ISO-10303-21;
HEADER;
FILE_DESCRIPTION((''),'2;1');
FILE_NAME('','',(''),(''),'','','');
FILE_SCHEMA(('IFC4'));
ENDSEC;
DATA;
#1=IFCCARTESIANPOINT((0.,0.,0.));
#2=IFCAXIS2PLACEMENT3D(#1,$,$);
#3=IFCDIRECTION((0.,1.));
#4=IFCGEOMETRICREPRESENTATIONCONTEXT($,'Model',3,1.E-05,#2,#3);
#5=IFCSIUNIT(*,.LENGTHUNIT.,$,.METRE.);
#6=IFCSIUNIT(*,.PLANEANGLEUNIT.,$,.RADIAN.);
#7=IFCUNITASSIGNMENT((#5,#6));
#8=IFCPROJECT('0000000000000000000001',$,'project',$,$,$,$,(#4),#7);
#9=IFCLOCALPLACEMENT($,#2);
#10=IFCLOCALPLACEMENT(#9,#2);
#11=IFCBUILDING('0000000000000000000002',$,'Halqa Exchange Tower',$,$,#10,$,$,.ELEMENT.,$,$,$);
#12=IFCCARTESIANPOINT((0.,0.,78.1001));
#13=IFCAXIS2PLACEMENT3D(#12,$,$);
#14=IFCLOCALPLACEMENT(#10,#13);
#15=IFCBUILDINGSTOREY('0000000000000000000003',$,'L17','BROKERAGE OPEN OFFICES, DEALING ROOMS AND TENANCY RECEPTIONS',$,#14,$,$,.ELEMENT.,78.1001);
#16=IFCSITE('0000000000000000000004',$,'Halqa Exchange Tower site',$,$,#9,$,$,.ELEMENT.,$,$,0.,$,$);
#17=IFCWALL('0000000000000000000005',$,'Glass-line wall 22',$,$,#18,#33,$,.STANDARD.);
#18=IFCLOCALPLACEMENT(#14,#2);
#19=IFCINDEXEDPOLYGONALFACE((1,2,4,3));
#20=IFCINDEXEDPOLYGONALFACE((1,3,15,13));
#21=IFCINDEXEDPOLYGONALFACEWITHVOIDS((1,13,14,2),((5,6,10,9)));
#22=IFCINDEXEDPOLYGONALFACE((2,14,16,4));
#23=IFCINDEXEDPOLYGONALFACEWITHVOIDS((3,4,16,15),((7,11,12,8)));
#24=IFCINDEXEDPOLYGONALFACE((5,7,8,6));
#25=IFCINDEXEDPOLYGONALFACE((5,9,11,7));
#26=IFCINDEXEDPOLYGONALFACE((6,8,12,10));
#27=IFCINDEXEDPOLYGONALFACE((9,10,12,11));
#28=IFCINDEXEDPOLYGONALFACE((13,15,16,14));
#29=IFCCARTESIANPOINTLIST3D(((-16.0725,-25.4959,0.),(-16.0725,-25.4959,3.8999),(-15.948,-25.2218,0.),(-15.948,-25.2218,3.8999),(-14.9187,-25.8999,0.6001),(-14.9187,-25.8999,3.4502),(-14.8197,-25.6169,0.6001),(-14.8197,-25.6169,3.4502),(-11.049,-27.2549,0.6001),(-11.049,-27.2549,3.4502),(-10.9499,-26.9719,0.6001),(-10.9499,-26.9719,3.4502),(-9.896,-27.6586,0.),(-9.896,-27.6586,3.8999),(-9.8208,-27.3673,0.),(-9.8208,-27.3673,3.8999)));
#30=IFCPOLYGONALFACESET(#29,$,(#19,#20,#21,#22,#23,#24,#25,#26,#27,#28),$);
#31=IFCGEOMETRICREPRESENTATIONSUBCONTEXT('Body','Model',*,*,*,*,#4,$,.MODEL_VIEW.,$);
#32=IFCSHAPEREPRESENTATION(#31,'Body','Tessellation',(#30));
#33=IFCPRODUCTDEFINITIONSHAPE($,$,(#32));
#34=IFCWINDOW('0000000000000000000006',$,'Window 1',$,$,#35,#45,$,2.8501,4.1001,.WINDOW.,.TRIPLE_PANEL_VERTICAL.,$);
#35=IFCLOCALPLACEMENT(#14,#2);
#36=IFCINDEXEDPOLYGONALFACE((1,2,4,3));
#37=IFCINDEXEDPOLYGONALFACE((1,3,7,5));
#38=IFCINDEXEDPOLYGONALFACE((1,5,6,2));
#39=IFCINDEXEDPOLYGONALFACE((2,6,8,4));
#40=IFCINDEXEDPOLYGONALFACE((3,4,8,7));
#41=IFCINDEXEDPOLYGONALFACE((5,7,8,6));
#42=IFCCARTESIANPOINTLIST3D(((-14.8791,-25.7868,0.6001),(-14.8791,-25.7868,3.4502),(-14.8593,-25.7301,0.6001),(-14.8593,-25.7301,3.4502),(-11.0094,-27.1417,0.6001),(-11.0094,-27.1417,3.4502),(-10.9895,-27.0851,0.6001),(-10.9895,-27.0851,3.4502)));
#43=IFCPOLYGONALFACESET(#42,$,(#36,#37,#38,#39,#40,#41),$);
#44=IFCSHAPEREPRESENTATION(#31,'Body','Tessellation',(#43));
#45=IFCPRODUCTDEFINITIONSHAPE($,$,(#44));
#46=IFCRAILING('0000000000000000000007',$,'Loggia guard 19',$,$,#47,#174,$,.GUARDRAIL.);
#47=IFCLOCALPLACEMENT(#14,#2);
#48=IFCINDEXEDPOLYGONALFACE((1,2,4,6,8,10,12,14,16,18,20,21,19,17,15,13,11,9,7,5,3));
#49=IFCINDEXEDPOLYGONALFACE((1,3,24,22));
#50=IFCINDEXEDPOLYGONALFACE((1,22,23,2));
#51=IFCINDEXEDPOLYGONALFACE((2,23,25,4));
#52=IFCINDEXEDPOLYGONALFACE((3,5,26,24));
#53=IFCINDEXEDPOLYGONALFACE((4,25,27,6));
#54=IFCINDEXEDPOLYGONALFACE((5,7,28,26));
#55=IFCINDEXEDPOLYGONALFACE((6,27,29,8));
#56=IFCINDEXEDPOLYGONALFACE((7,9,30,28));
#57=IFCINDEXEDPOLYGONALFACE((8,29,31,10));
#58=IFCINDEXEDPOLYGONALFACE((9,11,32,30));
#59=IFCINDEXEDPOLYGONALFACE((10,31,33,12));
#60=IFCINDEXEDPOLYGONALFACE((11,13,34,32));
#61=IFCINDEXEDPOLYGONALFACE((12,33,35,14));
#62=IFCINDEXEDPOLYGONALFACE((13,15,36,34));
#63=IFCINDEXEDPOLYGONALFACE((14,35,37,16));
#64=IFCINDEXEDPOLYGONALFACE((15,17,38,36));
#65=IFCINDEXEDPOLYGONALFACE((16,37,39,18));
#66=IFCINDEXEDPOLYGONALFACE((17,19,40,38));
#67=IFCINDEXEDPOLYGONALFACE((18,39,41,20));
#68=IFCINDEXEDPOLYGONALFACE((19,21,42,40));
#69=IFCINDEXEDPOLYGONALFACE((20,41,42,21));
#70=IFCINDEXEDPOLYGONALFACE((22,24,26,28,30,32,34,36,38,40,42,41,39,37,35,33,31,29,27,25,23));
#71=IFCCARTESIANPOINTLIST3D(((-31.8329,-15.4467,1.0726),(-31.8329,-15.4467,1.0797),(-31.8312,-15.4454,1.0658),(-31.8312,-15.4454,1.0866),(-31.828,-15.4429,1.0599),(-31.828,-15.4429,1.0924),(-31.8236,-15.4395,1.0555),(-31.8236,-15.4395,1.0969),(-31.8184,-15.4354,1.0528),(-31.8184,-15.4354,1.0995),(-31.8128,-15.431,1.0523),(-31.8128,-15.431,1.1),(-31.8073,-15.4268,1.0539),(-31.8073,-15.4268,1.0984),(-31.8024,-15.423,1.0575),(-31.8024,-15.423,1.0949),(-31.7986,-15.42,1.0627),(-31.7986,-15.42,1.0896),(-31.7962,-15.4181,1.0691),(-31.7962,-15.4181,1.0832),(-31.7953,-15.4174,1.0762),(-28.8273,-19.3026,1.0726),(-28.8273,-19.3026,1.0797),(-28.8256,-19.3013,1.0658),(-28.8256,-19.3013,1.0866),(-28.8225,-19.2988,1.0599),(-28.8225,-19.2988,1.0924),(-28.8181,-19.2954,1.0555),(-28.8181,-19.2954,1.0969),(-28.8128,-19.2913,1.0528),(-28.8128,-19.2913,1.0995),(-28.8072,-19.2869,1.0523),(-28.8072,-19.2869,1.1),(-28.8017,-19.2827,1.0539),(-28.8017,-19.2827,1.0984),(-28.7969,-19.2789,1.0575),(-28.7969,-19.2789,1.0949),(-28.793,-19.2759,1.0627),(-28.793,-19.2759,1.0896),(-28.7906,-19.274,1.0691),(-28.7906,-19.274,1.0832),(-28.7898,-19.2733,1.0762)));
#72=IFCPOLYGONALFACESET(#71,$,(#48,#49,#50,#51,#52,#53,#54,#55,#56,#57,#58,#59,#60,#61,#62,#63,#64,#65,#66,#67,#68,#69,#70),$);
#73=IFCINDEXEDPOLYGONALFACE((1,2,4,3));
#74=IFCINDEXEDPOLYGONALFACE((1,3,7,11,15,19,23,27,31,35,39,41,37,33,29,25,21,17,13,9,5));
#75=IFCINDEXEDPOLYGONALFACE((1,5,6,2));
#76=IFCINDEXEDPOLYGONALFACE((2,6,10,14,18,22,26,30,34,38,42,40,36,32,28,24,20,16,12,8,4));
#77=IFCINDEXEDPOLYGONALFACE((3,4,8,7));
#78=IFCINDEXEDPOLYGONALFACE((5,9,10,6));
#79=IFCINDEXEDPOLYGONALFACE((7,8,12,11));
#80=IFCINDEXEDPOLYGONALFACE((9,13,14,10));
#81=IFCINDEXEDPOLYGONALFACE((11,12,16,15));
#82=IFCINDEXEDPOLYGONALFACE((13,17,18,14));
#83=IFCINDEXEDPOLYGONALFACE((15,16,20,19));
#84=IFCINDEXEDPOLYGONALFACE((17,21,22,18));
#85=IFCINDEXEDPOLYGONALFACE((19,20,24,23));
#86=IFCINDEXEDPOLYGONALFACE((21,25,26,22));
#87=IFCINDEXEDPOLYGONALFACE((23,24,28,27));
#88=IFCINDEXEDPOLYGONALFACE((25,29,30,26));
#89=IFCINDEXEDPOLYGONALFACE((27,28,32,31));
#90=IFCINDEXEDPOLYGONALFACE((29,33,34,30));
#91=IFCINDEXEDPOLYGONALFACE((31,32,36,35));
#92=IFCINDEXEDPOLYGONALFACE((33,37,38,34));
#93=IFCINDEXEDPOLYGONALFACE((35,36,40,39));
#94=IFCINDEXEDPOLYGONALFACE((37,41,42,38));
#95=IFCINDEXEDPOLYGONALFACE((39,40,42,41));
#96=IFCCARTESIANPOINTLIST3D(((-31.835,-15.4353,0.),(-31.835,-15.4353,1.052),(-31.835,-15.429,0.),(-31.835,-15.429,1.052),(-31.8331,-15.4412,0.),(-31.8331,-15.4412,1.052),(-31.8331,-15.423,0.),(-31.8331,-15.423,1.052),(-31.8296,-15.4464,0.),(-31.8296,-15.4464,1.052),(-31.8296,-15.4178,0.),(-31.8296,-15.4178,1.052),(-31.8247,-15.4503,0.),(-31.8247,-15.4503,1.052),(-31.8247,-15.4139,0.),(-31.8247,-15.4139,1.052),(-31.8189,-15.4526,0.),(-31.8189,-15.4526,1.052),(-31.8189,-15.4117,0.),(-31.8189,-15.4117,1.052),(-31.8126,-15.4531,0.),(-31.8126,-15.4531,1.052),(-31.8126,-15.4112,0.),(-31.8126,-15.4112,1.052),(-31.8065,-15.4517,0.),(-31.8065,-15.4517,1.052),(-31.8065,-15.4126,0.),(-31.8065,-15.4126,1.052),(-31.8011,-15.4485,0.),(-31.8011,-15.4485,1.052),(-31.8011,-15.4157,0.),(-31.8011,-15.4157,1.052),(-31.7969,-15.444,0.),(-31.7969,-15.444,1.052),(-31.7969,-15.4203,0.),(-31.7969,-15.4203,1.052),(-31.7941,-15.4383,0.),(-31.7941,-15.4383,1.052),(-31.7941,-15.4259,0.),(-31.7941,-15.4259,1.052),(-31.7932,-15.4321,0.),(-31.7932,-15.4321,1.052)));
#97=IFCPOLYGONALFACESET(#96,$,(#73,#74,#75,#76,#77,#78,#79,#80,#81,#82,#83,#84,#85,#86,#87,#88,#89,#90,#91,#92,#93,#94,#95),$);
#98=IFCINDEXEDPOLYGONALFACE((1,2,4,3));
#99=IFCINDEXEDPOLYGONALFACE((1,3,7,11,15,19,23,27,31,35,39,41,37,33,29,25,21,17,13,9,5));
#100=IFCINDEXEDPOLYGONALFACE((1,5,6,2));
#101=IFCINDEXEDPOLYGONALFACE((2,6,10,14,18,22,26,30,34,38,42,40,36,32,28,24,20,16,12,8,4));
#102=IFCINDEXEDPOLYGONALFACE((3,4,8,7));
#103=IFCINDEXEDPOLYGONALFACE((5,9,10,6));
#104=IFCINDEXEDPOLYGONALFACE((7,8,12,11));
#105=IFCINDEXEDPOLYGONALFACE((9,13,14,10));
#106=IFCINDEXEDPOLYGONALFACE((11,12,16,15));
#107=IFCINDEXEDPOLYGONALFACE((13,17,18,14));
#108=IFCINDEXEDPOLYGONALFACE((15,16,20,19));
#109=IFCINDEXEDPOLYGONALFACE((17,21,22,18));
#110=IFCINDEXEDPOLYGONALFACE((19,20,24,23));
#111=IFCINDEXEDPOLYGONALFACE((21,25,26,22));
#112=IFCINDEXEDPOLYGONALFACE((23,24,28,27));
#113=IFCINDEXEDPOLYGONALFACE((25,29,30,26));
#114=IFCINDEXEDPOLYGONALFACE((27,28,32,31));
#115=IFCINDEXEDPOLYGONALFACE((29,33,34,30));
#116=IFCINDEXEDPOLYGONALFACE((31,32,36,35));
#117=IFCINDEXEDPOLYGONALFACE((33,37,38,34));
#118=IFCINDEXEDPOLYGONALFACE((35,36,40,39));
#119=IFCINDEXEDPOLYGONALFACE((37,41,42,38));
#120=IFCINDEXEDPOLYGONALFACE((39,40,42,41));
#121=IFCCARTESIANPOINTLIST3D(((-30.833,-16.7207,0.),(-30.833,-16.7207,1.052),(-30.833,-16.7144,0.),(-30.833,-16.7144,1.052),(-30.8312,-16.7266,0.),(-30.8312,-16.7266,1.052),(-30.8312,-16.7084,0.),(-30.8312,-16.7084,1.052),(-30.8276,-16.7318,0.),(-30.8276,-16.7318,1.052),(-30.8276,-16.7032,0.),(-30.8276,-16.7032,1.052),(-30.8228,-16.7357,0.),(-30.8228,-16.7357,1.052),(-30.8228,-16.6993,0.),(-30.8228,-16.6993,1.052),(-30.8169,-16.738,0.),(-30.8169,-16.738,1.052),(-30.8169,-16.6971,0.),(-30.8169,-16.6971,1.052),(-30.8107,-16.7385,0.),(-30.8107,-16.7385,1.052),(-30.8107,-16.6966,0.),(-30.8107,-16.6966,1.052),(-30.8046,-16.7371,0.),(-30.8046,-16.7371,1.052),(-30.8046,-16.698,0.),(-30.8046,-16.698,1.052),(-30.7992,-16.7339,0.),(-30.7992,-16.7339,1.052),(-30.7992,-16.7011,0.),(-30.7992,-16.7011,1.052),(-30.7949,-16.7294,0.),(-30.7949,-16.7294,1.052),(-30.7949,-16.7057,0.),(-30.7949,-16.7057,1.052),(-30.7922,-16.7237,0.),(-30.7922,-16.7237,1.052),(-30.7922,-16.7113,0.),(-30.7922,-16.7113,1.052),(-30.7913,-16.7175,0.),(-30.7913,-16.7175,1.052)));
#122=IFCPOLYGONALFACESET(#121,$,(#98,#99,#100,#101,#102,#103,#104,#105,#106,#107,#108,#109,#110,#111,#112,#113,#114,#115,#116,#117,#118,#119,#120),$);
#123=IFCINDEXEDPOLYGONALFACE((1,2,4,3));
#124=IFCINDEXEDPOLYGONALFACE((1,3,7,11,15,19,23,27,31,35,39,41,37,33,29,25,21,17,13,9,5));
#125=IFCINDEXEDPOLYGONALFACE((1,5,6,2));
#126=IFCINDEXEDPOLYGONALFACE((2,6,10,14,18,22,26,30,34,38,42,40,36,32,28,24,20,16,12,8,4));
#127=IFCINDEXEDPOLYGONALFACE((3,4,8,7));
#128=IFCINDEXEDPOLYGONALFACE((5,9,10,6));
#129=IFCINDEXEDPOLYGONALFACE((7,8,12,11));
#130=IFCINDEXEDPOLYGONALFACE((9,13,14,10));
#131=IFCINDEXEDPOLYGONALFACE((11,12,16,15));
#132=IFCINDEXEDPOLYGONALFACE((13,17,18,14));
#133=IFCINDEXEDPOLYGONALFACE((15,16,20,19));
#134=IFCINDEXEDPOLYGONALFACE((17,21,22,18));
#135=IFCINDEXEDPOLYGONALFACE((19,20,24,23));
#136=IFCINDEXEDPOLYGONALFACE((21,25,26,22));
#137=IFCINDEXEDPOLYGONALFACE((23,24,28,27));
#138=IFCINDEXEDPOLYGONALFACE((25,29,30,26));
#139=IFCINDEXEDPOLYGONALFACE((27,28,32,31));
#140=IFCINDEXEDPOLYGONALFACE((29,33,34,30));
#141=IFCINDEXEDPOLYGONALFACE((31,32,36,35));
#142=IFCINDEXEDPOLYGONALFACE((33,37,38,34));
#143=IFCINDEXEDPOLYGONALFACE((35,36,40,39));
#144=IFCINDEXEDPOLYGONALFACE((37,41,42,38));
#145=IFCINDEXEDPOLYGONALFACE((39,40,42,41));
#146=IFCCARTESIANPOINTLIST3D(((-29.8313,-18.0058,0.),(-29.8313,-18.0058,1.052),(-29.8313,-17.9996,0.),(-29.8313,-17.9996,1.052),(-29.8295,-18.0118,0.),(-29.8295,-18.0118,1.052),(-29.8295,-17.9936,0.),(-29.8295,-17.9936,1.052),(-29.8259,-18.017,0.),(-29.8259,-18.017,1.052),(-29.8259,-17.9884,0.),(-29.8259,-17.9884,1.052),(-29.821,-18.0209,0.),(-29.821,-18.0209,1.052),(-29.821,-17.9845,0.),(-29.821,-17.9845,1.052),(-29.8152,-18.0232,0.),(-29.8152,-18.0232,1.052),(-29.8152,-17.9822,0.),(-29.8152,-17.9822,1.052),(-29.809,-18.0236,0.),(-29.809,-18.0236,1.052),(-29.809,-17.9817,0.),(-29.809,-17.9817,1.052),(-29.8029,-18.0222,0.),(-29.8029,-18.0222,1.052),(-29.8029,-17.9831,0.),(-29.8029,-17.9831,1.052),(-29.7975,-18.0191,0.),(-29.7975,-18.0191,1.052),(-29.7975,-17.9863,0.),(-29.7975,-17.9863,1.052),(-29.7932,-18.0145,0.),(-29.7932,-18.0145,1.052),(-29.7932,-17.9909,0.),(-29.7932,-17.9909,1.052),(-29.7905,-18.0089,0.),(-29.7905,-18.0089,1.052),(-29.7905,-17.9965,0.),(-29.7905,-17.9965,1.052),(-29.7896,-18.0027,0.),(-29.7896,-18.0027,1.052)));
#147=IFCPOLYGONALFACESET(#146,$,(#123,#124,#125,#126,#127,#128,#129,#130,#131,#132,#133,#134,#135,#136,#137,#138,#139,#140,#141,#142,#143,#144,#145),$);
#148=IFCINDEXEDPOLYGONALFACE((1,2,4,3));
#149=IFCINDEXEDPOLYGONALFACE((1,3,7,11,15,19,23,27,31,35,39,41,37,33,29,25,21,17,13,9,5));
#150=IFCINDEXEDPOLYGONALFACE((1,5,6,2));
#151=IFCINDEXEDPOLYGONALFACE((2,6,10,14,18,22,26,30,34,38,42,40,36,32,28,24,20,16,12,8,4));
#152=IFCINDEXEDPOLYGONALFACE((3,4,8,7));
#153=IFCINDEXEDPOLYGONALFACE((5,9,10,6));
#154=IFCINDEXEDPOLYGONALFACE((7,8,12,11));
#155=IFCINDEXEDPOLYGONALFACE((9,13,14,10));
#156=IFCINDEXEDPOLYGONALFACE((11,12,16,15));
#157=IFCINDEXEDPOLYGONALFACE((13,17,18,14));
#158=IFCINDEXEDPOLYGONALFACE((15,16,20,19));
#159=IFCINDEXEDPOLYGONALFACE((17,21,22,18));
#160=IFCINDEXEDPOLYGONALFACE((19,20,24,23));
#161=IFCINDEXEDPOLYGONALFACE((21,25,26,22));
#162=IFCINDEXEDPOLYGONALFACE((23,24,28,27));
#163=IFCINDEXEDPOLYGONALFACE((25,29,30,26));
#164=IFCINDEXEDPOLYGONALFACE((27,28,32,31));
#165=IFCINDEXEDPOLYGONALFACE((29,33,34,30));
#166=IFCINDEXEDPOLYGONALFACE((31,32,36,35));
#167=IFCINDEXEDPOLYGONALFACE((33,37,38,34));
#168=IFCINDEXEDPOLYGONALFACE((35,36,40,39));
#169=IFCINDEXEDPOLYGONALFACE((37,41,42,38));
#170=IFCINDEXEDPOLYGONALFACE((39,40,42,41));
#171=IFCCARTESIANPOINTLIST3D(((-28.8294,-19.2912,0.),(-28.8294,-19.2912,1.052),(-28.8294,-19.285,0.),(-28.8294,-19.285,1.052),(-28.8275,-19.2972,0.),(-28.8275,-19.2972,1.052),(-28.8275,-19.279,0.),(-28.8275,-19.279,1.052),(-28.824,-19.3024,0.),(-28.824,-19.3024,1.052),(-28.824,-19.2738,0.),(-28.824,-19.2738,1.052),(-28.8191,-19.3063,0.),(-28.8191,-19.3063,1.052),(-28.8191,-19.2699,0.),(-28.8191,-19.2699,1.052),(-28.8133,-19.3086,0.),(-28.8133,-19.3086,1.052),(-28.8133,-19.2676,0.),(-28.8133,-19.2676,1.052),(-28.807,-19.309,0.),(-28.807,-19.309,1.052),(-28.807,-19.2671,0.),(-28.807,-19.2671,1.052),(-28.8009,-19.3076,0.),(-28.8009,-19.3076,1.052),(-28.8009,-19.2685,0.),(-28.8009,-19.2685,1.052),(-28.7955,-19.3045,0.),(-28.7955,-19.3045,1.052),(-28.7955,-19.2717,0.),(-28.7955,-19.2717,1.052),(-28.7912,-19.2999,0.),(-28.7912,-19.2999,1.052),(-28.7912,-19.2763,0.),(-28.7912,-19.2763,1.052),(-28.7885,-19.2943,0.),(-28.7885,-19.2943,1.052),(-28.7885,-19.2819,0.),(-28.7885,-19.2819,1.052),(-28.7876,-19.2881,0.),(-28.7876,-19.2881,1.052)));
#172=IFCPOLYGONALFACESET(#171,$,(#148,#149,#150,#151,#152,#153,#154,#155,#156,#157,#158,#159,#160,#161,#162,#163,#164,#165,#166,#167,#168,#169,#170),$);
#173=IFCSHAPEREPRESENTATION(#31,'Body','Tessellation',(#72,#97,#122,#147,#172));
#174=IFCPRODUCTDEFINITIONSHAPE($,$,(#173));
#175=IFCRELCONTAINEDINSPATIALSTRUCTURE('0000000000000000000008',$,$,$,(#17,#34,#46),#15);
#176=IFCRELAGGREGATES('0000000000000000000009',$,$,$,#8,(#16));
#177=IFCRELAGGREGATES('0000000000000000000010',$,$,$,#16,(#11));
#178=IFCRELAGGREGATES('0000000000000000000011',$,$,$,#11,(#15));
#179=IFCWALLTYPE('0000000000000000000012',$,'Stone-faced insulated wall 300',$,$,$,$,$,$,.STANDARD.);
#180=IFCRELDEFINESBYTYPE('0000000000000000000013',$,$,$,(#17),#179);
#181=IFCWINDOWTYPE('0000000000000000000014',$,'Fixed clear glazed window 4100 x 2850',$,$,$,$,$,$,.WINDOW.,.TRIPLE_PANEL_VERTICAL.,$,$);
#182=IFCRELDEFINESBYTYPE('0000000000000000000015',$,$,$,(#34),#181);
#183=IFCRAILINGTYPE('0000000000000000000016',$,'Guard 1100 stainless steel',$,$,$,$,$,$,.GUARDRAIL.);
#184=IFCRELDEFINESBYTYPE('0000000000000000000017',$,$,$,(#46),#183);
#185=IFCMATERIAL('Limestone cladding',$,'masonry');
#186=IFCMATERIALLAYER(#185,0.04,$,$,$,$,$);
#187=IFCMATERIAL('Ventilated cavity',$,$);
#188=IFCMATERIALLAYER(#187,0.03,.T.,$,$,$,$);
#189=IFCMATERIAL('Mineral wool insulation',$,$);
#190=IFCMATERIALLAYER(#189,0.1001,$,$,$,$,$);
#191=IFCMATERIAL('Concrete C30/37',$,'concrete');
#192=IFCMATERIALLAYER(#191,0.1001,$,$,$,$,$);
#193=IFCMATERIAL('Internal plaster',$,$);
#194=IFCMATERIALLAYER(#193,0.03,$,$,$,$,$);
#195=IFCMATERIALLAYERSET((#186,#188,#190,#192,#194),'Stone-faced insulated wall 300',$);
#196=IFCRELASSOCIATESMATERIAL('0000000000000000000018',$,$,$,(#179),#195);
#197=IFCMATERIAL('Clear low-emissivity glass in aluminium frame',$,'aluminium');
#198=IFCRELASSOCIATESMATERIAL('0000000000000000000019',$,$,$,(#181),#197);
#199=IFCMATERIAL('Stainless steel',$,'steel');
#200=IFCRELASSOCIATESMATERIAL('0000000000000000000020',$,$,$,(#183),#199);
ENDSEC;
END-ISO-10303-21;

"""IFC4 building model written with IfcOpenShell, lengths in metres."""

from ifc_helpers import new_model, si_unit, direction, frame, frame_2d, origin, origin_2d, place, context, subcontext, project, spatial, polyline, rectangle, circle, outline, extrude, material, layer, layer_set, type_object, element, fill, save


model = new_model("IFC4")

# Units and contexts
model_context = context("Model", 3, precision=1e-05, world=origin(), true_north=direction((0.0, 1.0)))
body_context = subcontext(model_context, "Body", "Model", "MODEL_VIEW")
ifc_project = project(units=[si_unit("LENGTHUNIT", "METRE"), si_unit("PLANEANGLEUNIT", "RADIAN")], contexts=[model_context])

# Site, building, storey
site_placement = place(None, origin())
site = spatial("IfcSite", under=ifc_project, at=site_placement, Name="Halqa Exchange Tower site", CompositionType="ELEMENT", RefElevation=0.0)
building_placement = place(site_placement, origin())
building = spatial("IfcBuilding", under=site, at=building_placement, Name="Halqa Exchange Tower", CompositionType="ELEMENT")
storey_placement = place(building_placement, frame((0.0, 0.0, 78.1001)))
storey = spatial("IfcBuildingStorey", under=building, at=storey_placement, Name="L17", Description="BROKERAGE OPEN OFFICES, DEALING ROOMS AND TENANCY RECEPTIONS", CompositionType="ELEMENT", Elevation=78.1001)

# Shared definitions
ifc_material_1 = material(Name="Limestone cladding", Category="masonry")
ifc_layer_1 = layer(ifc_material_1, 0.04)
ifc_material_2 = material(Name="Ventilated cavity")
ifc_layer_2 = layer(ifc_material_2, 0.03, ventilated=True)
ifc_material_3 = material(Name="Mineral wool insulation")
ifc_layer_3 = layer(ifc_material_3, 0.1001)
ifc_material_4 = material(Name="Concrete C30/37", Category="concrete")
ifc_layer_4 = layer(ifc_material_4, 0.1001)
ifc_material_5 = material(Name="Internal plaster")
ifc_layer_5 = layer(ifc_material_5, 0.03)
ifc_layer_set_1 = layer_set([ifc_layer_1, ifc_layer_2, ifc_layer_3, ifc_layer_4, ifc_layer_5], Name="Stone-faced insulated wall 300")
wall_type_1 = type_object("IfcWallType", Name="Stone-faced insulated wall 300", PredefinedType="STANDARD", material=ifc_layer_set_1)
ifc_material_6 = material(Name="Clear low-emissivity glass in aluminium frame", Category="aluminium")

# Wall, opening, window
window_type = type_object("IfcWindowType", Name="Fixed clear glazed window 4100 x 2850", PartitioningType="TRIPLE_PANEL_VERTICAL", PredefinedType="WINDOW", material=ifc_material_6)
wall_1_placement = place(storey_placement, frame((-16.0103, -25.3589, 0.0), z_axis=(0.0, 0.0, 1.0), x_axis=(0.943815, -0.330474, 0.0)))
wall_1 = element("IfcWall", 1, at=wall_1_placement, inside=storey, type_object=wall_type_1, Name="Glass-line wall 22", PredefinedType="STANDARD", context=body_context, shape_type="SweptSolid", body=[
    extrude(outline(polyline([(-0.0134, -0.1499), (6.5308, -0.1499), (6.5054, 0.1499), (0.0134, 0.1499), (-0.0134, -0.1499)])), origin(), (0.0, 0.0, 1.0), 3.8999),
])
opening_1_placement = place(wall_1_placement, frame((1.209, 0.0, 0.6001)))
opening_1 = element("IfcOpeningElement", 2, at=opening_1_placement, cuts=wall_1, PredefinedType="OPENING", context=body_context, shape_type="SweptSolid", body=[
    extrude(rectangle(XDim=4.1001, YDim=2.8501, at=frame_2d((2.05, 1.425))), frame((0.0, 0.1621, 0.0), z_axis=(0.0, -1.0, 0.0), x_axis=(1.0, 0.0, 0.0)), (0.0, 0.0, 1.0), 0.324),
])
window_1_placement = place(opening_1_placement, origin())
window_1 = element("IfcWindow", 3, at=window_1_placement, inside=storey, type_object=window_type, Name="Window 1", OverallHeight=2.8501, OverallWidth=4.1001, PartitioningType="TRIPLE_PANEL_VERTICAL", PredefinedType="WINDOW", context=body_context, shape_type="SweptSolid", body=[
    extrude(rectangle(XDim=4.1001, YDim=2.8501, at=frame_2d((2.05, 1.425))), frame((0.0, 0.03, 0.0), z_axis=(0.0, -1.0, 0.0), x_axis=(1.0, 0.0, 0.0)), (0.0, 0.0, 1.0), 0.0601),
])
fill(opening_1, window_1)

# Railing
ifc_material_7 = material(Name="Stainless steel", Category="steel")
railing_type = type_object("IfcRailingType", Name="Guard 1100 stainless steel", PredefinedType="GUARDRAIL", material=ifc_material_7)
railing_1_placement = place(storey_placement, frame((-31.8142, -15.4321, 0.0)))
element("IfcRailing", 4, at=railing_1_placement, inside=storey, type_object=railing_type, Name="Loggia guard 19", PredefinedType="GUARDRAIL", context=body_context, shape_type="SweptSolid", body=[
    extrude(circle(Radius=0.0239, at=origin_2d()), frame((0.0, 0.0, 1.0762), z_axis=(0.614773, -0.788704, 0.0), x_axis=(0.788704, 0.614773, 0.0)), (0.0, 0.0, 1.0), 4.8889),
    extrude(circle(Radius=0.021, at=origin_2d()), origin(), (0.0, 0.0, 1.0), 1.052),
    extrude(circle(Radius=0.021, at=origin_2d()), frame((1.002, -1.2854, 0.0)), (0.0, 0.0, 1.0), 1.052),
    extrude(circle(Radius=0.021, at=origin_2d()), frame((2.0037, -2.5706, 0.0)), (0.0, 0.0, 1.0), 1.052),
    extrude(circle(Radius=0.021, at=origin_2d()), frame((3.0056, -3.856, 0.0)), (0.0, 0.0, 1.0), 1.052),
])

save(model, "model.ifc")
